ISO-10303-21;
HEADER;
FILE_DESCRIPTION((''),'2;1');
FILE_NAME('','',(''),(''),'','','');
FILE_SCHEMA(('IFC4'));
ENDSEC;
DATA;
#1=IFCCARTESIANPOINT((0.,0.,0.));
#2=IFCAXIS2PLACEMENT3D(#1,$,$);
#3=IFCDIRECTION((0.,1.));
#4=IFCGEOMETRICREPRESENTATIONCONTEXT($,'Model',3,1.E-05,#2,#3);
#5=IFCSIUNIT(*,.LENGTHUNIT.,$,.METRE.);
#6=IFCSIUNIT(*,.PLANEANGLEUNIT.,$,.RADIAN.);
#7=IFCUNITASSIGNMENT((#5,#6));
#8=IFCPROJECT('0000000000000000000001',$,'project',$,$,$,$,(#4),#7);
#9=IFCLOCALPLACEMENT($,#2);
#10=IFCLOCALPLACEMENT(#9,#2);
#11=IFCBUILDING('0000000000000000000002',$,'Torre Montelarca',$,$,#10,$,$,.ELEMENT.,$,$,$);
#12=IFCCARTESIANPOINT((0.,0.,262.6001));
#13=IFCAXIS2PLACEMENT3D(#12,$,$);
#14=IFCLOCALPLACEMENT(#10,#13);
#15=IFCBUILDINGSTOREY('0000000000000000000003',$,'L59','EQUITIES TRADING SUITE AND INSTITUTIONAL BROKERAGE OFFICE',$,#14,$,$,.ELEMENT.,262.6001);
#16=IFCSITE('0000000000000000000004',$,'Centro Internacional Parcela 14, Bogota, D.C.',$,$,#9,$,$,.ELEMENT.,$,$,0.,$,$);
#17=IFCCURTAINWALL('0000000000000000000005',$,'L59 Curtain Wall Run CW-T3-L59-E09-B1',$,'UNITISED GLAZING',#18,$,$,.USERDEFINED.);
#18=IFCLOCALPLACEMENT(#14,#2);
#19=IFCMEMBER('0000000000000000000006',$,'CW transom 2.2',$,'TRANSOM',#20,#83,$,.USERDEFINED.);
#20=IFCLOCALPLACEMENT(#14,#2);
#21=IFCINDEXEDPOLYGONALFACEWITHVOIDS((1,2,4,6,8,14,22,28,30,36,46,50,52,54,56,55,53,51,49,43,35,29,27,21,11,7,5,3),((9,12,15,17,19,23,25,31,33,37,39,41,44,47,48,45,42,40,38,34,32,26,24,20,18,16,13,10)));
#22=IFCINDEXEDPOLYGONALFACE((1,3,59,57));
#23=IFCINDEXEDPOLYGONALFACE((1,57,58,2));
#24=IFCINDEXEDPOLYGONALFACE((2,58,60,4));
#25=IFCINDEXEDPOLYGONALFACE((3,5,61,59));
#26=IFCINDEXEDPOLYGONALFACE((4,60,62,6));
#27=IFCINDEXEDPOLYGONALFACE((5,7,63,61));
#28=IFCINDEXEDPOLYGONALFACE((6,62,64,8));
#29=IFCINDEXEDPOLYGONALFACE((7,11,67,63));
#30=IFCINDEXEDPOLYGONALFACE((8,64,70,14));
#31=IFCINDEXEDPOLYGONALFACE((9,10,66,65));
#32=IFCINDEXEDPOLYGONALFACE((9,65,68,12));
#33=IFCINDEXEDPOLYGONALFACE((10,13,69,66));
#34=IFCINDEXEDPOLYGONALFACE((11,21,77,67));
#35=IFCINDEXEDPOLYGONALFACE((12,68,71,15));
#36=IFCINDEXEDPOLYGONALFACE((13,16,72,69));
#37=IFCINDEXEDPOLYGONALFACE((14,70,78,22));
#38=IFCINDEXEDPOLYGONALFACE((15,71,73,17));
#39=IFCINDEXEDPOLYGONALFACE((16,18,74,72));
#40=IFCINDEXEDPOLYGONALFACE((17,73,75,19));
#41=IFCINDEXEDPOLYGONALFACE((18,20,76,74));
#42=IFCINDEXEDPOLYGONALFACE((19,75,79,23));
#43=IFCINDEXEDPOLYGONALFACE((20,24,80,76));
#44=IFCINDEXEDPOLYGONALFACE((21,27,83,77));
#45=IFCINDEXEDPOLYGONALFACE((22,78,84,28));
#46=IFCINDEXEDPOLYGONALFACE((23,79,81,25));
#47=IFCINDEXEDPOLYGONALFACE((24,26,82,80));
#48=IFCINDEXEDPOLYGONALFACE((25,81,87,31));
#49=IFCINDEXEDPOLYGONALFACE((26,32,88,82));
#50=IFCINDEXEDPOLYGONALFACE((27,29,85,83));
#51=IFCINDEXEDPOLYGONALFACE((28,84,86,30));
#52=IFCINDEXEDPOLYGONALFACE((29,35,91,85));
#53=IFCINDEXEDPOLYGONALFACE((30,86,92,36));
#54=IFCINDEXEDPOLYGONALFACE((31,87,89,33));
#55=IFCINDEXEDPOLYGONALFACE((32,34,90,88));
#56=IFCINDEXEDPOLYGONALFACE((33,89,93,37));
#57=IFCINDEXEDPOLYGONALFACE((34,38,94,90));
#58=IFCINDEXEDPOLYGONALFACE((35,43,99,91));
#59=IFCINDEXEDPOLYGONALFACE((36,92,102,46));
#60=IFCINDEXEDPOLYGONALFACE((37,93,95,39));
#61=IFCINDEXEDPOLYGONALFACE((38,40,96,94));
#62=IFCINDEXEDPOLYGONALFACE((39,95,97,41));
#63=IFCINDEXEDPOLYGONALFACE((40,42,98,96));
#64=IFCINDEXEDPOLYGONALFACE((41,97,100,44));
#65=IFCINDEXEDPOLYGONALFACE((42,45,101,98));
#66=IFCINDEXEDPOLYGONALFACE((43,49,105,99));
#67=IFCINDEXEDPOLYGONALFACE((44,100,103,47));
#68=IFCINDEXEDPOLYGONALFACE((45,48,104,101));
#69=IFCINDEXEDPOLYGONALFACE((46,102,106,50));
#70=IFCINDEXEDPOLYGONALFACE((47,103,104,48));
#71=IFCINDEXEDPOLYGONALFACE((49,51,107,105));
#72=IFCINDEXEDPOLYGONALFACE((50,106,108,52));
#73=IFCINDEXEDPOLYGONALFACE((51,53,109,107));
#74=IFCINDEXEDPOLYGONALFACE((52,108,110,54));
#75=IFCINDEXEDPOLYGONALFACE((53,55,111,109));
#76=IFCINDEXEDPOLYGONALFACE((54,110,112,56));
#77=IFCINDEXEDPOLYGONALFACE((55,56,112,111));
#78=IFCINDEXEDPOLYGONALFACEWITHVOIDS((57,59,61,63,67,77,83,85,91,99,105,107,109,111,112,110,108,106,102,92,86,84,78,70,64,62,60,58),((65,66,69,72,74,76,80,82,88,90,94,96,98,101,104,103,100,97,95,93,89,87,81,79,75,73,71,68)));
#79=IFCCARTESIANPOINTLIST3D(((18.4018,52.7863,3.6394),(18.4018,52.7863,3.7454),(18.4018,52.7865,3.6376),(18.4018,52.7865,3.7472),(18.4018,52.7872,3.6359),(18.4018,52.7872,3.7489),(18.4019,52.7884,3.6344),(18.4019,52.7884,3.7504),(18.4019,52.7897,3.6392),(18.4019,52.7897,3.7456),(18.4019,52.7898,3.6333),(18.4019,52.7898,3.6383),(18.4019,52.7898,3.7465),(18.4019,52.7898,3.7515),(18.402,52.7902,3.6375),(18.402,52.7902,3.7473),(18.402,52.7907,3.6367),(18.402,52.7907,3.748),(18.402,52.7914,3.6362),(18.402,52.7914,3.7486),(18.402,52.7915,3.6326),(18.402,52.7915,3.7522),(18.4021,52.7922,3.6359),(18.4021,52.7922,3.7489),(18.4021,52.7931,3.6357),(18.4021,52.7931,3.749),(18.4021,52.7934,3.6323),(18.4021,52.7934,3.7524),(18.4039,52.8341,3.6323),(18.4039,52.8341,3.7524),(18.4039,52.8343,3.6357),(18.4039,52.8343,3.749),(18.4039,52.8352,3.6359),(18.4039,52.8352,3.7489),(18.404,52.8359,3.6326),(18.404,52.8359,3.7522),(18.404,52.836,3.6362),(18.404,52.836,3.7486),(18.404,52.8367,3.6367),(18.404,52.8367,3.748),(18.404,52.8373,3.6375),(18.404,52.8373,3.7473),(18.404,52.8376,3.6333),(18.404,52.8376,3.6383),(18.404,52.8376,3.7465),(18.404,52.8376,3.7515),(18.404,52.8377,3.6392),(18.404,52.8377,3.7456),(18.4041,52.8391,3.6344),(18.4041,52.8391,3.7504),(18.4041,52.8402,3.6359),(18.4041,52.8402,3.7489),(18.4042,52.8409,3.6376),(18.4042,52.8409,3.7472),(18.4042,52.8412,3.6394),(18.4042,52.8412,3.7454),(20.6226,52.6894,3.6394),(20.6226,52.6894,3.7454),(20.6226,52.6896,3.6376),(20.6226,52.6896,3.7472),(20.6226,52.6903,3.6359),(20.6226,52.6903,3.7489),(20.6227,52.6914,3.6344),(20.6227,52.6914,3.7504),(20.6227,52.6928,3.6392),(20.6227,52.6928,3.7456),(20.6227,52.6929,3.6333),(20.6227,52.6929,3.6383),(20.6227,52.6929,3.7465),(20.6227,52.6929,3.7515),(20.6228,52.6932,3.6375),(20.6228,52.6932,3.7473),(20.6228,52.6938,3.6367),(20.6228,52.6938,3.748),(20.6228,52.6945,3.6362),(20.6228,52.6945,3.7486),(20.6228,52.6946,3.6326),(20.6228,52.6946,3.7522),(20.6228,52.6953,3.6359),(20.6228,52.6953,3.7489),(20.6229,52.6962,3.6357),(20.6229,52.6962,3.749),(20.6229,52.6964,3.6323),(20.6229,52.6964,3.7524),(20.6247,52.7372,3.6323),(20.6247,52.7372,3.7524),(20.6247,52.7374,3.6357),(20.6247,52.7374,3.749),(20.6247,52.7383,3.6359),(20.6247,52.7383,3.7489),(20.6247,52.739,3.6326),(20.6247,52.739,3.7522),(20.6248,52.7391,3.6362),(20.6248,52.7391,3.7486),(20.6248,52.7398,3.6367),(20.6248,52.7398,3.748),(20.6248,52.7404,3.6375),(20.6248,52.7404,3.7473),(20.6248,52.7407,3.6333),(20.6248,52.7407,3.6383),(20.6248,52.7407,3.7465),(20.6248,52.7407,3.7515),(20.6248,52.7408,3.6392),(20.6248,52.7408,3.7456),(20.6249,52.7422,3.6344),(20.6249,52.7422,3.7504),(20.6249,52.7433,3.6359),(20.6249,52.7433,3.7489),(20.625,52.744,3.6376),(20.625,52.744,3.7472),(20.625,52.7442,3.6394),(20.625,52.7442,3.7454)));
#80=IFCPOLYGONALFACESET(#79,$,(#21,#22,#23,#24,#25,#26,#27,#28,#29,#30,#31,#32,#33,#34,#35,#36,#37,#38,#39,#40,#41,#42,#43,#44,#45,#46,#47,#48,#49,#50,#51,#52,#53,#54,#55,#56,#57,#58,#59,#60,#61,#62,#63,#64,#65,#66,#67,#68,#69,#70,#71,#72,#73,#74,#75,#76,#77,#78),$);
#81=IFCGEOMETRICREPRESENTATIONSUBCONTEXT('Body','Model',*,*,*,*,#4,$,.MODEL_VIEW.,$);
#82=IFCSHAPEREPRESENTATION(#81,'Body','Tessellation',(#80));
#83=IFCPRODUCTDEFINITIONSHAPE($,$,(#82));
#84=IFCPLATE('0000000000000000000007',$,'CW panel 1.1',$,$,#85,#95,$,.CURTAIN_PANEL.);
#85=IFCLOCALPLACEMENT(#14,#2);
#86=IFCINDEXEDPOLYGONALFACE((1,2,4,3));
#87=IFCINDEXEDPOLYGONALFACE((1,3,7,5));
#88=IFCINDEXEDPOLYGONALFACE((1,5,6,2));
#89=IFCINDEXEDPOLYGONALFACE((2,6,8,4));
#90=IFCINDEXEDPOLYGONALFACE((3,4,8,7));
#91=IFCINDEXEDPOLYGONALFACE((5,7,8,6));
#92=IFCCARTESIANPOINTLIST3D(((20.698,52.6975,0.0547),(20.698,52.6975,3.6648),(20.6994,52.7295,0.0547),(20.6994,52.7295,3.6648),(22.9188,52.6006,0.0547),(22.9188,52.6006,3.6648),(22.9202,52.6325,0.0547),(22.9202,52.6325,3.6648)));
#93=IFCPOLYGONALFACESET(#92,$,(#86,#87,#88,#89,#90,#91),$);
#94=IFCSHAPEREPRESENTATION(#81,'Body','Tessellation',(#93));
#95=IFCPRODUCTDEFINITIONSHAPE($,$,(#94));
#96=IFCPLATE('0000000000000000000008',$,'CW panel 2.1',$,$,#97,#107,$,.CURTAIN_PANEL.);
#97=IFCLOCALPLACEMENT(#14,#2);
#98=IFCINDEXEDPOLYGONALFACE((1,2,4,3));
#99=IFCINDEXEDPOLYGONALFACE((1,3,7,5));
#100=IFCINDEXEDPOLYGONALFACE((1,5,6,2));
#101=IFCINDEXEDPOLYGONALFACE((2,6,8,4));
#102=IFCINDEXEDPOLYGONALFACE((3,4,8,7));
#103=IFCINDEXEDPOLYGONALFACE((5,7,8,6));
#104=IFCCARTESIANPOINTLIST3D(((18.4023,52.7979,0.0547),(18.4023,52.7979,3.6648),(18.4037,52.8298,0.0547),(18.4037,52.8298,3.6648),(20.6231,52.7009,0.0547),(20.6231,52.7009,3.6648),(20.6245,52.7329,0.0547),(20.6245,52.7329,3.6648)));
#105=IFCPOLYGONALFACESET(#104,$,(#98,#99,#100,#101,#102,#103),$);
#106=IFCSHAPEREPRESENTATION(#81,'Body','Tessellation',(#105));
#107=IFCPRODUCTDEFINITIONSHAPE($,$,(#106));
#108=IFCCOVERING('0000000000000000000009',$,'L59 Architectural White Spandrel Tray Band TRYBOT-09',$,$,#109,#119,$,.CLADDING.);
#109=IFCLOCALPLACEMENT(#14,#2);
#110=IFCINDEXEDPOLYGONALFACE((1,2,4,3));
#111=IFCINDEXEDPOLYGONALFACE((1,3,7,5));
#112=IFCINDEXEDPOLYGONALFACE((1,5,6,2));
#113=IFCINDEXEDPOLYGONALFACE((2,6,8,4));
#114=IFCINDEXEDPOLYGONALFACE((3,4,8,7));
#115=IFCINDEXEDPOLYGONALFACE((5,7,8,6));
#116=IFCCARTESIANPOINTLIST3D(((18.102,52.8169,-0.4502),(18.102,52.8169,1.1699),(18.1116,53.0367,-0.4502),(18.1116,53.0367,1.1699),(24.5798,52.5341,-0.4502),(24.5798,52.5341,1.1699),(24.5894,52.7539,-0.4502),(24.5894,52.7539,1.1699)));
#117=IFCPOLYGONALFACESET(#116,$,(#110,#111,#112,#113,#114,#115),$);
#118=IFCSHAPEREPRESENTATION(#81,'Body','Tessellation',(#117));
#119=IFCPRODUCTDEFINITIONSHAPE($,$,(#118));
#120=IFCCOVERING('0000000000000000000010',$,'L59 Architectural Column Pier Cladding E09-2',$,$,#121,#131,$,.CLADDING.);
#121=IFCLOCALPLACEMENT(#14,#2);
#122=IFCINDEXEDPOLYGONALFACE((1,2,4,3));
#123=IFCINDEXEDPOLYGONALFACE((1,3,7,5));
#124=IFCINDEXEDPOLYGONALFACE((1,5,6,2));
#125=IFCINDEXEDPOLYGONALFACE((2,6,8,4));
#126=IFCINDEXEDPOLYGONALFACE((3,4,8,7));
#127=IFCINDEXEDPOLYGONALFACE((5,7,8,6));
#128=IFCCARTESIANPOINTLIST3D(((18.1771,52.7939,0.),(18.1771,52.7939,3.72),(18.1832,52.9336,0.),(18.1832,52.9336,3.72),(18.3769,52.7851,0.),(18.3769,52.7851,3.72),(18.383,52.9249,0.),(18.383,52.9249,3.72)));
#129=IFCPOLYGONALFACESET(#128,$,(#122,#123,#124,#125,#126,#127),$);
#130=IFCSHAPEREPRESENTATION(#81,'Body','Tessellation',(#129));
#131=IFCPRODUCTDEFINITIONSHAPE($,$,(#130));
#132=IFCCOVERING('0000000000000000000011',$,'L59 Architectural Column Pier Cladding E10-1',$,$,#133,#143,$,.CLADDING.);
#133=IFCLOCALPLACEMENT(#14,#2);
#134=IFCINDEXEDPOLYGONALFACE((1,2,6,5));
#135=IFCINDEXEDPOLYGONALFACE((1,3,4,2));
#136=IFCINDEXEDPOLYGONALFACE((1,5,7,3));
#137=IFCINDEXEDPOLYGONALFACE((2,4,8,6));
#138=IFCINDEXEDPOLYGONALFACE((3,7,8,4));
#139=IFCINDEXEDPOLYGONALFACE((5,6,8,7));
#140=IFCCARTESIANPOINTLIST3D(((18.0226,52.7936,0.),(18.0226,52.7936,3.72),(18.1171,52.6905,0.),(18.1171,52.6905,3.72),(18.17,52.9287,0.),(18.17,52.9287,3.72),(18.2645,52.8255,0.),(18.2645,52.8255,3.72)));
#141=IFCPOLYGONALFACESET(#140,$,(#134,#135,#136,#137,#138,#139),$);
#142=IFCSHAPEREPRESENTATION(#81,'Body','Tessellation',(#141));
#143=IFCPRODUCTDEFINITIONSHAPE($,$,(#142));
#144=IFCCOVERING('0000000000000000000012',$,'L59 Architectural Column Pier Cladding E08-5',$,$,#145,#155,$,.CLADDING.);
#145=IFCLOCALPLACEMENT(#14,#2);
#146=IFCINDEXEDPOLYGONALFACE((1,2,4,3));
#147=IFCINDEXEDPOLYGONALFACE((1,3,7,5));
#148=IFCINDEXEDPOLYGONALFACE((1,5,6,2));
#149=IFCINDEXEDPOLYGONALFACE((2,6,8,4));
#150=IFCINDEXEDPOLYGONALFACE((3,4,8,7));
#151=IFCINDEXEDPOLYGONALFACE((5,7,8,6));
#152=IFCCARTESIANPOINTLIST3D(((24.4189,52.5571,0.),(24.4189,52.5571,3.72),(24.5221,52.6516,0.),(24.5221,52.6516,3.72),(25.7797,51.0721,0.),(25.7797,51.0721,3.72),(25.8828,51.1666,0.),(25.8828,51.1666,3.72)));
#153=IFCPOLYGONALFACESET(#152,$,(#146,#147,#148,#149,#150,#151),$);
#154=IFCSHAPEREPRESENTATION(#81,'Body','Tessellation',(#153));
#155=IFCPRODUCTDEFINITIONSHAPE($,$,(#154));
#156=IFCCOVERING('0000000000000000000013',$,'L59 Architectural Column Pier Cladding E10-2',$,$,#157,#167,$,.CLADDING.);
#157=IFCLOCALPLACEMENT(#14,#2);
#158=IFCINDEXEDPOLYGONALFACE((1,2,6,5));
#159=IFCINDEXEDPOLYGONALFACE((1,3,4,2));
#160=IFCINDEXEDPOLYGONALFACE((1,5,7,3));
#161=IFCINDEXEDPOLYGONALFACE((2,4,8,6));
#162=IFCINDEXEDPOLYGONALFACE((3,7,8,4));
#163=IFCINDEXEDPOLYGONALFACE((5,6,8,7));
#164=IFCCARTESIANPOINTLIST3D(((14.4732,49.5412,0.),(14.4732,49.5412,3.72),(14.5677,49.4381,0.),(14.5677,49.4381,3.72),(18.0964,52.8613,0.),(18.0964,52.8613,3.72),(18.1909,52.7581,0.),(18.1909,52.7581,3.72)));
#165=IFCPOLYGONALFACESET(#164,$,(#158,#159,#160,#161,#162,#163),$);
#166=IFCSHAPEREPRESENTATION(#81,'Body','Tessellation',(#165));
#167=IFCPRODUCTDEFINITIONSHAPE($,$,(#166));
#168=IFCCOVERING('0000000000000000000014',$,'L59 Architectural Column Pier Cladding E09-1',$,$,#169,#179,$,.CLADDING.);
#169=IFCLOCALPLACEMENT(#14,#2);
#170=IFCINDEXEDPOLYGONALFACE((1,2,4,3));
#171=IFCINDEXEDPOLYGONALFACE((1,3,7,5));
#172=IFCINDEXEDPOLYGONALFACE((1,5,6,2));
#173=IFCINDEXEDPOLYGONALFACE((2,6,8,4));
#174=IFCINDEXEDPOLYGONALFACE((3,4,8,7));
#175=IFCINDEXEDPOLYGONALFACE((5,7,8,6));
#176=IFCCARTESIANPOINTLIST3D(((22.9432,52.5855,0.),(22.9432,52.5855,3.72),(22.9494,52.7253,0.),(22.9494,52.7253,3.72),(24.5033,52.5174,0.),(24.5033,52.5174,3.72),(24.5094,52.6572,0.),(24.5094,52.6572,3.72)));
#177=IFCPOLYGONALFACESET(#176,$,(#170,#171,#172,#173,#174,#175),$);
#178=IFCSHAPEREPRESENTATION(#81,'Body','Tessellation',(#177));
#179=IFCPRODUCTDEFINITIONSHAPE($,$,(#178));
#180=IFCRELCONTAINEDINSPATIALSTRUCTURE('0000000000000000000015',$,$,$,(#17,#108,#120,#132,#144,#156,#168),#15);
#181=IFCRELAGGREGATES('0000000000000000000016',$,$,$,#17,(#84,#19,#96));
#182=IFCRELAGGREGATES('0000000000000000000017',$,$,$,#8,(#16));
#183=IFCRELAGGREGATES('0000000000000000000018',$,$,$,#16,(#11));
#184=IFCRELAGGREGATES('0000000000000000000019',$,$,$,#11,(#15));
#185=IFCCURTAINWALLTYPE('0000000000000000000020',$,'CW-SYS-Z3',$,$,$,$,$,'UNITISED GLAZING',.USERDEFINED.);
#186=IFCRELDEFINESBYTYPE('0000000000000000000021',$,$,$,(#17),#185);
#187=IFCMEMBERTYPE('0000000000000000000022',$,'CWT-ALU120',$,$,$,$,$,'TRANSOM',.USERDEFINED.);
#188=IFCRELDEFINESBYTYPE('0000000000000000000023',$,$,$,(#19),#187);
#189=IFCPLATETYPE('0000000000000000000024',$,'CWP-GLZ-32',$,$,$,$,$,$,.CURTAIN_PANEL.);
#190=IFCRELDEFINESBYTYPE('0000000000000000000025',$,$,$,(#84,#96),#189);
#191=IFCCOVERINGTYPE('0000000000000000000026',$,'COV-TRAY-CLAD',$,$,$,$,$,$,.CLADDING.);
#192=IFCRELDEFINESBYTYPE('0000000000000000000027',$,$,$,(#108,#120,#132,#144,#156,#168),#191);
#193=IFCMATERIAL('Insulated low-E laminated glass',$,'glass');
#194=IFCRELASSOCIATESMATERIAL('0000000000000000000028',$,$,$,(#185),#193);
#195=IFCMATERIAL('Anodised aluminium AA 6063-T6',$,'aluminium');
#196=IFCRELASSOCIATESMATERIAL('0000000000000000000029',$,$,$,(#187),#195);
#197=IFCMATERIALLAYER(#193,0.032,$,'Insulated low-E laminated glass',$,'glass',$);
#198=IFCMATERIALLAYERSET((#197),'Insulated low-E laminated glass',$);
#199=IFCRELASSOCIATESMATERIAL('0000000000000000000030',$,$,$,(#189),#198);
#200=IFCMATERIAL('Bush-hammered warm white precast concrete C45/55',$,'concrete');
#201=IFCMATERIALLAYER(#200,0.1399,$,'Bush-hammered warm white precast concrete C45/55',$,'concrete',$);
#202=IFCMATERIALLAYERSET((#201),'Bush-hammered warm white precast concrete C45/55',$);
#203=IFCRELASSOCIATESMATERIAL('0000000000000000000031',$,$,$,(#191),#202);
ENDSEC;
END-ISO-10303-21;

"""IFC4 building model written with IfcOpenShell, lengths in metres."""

from ifc_helpers import new_model, si_unit, direction, frame, origin, origin_2d, place, context, subcontext, project, spatial, rectangle, hollow_rectangle, extrude, source, transform, mapped, material, layer, layer_set, material_profile, profile_set, type_object, element, aggregate, save


model = new_model("IFC4")

# Units and contexts
model_context = context("Model", 3, precision=1e-05, world=origin(), true_north=direction((0.0, 1.0)))
body_context = subcontext(model_context, "Body", "Model", "MODEL_VIEW")
ifc_project = project(units=[si_unit("LENGTHUNIT", "METRE"), si_unit("PLANEANGLEUNIT", "RADIAN")], contexts=[model_context])

# Site, building, storey
site_placement = place(None, origin())
site = spatial("IfcSite", under=ifc_project, at=site_placement, Name="Centro Internacional Parcela 14, Bogota, D.C.", CompositionType="ELEMENT", RefElevation=0.0)
building_placement = place(site_placement, origin())
building = spatial("IfcBuilding", under=site, at=building_placement, Name="Torre Montelarca", CompositionType="ELEMENT")
storey_placement = place(building_placement, frame((0.0, 0.0, 262.6001)))
storey = spatial("IfcBuildingStorey", under=building, at=storey_placement, Name="L59", Description="EQUITIES TRADING SUITE AND INSTITUTIONAL BROKERAGE OFFICE", CompositionType="ELEMENT", Elevation=262.6001)

# Curtain wall, member, plates
ifc_material_1 = material(Name="Insulated low-E laminated glass", Category="glass")
curtain_wall_type = type_object("IfcCurtainWallType", Name="CW-SYS-Z3", ElementType="UNITISED GLAZING", PredefinedType="USERDEFINED", material=ifc_material_1)
curtain_wall_placement = place(storey_placement, origin())
curtain_wall = element("IfcCurtainWall", 1, at=curtain_wall_placement, inside=storey, type_object=curtain_wall_type, Name="L59 Curtain Wall Run CW-T3-L59-E09-B1", ObjectType="UNITISED GLAZING", PredefinedType="USERDEFINED")
ifc_material_2 = material(Name="Anodised aluminium AA 6063-T6", Category="aluminium")
ifc_material_profile_1 = material_profile(ifc_material_2, hollow_rectangle(XDim=0.0549, YDim=0.1201, WallThickness=0.0034, InnerFilletRadius=0.0034, OuterFilletRadius=0.0071, at=origin_2d()), Name="ALU55X120X3.5", Category="aluminium")
ifc_profile_set_1 = profile_set([ifc_material_profile_1], Name="Anodised aluminium AA 6063-T6")
member_type_1 = type_object("IfcMemberType", Name="CWT-ALU120", ElementType="TRANSOM", PredefinedType="USERDEFINED", material=ifc_profile_set_1)
shared_shape_1 = source(origin(), body_context, "Body", "SweptSolid", [
    extrude(hollow_rectangle(XDim=0.0549, YDim=0.1201, WallThickness=0.0034, InnerFilletRadius=0.0034, OuterFilletRadius=0.0071, at=origin_2d()), origin(), (0.0, 0.0, 1.0), 2.2229),
])
member_1_placement = place(storey_placement, frame((20.6238, 52.7168, 3.6924), z_axis=(-0.999049, 0.043604, 0.0), x_axis=(-0.043604, -0.999049, 0.0)))
member_1 = element("IfcMember", 2, at=member_1_placement, type_object=member_type_1, Name="CW transom 2.2", ObjectType="TRANSOM", PredefinedType="USERDEFINED", context=body_context, shape_type="MappedRepresentation", body=[
    mapped(shared_shape_1, transform((0.0, 0.0, 0.0), scale=1.0)),
])
ifc_layer_1 = layer(ifc_material_1, 0.032, Name="Insulated low-E laminated glass", Category="glass")
ifc_layer_set_1 = layer_set([ifc_layer_1], Name="Insulated low-E laminated glass")
plate_type = type_object("IfcPlateType", Name="CWP-GLZ-32", PredefinedType="CURTAIN_PANEL", material=ifc_layer_set_1)
shared_shape_2 = source(origin(), body_context, "Body", "SweptSolid", [
    extrude(rectangle(XDim=2.2229, YDim=0.032, at=origin_2d()), origin(), (0.0, 0.0, 1.0), 3.6101),
])
plate_1_placement = place(storey_placement, frame((21.8091, 52.665, 0.0547), z_axis=(0.0, 0.0, 1.0), x_axis=(-0.999049, 0.043613, 0.0)))
plate_1 = element("IfcPlate", 3, at=plate_1_placement, type_object=plate_type, Name="CW panel 1.1", PredefinedType="CURTAIN_PANEL", context=body_context, shape_type="MappedRepresentation", body=[
    mapped(shared_shape_2, transform((0.0, 0.0, 0.0), scale=1.0)),
])
plate_2_placement = place(storey_placement, frame((19.5134, 52.7654, 0.0547), z_axis=(0.0, 0.0, 1.0), x_axis=(-0.999049, 0.043613, 0.0)))
plate_2 = element("IfcPlate", 4, at=plate_2_placement, type_object=plate_type, Name="CW panel 2.1", PredefinedType="CURTAIN_PANEL", context=body_context, shape_type="MappedRepresentation", body=[
    mapped(shared_shape_2, transform((0.0, 0.0, 0.0), scale=1.0)),
])
aggregate(curtain_wall, [plate_1, member_1, plate_2])

# Coverings
ifc_material_3 = material(Name="Bush-hammered warm white precast concrete C45/55", Category="concrete")
ifc_layer_2 = layer(ifc_material_3, 0.1399, Name="Bush-hammered warm white precast concrete C45/55", Category="concrete")
ifc_layer_set_2 = layer_set([ifc_layer_2], Name="Bush-hammered warm white precast concrete C45/55")
covering_type = type_object("IfcCoveringType", Name="COV-TRAY-CLAD", PredefinedType="CLADDING", material=ifc_layer_set_2)
shared_shape_3 = source(origin(), body_context, "Body", "SweptSolid", [
    extrude(rectangle(XDim=6.4839, YDim=0.22, at=origin_2d()), origin(), (0.0, 0.0, 1.0), 1.6201),
])
covering_1_placement = place(storey_placement, frame((21.3457, 52.7854, -0.4502), z_axis=(0.0, 0.0, 1.0), x_axis=(-0.999048, 0.043621, 0.0)))
element("IfcCovering", 5, at=covering_1_placement, inside=storey, type_object=covering_type, Name="L59 Architectural White Spandrel Tray Band TRYBOT-09", PredefinedType="CLADDING", context=body_context, shape_type="MappedRepresentation", body=[
    mapped(shared_shape_3, transform((0.0, 0.0, 0.0), scale=1.0)),
])
shared_shape_4 = source(origin(), body_context, "Body", "SweptSolid", [
    extrude(rectangle(XDim=0.2, YDim=0.1399, at=origin_2d()), origin(), (0.0, 0.0, 1.0), 3.72),
])
for number, where, z_axis, x_axis, name in (
    (6, (18.28, 52.8594, 0.0), (0.0, 0.0, 1.0), (-0.999048, 0.043628, 0.0), "L59 Architectural Column Pier Cladding E09-2"),
    (7, (18.1436, 52.8096, 0.0), (0.0, 0.0, 1.0), (-0.737276, -0.675591, 0.0), "L59 Architectural Column Pier Cladding E10-1"),
):
    element("IfcCovering", number, at=place(storey_placement, frame(where, z_axis=z_axis, x_axis=x_axis)), inside=storey, type_object=covering_type, Name=name, PredefinedType="CLADDING", context=body_context, shape_type="MappedRepresentation", body=[
        mapped(shared_shape_4, transform((0.0, 0.0, 0.0), scale=1.0)),
    ])
shared_shape_5 = source(origin(), body_context, "Body", "SweptSolid", [
    extrude(rectangle(XDim=2.0142, YDim=0.1399, at=origin_2d()), origin(), (0.0, 0.0, 1.0), 3.72),
])
covering_2_placement = place(storey_placement, frame((25.1509, 51.8618, 0.0), z_axis=(0.0, 0.0, 1.0), x_axis=(-0.675589, 0.737279, 0.0)))
element("IfcCovering", 8, at=covering_2_placement, inside=storey, type_object=covering_type, Name="L59 Architectural Column Pier Cladding E08-5", PredefinedType="CLADDING", context=body_context, shape_type="MappedRepresentation", body=[
    mapped(shared_shape_5, transform((0.0, 0.0, 0.0), scale=1.0)),
])
shared_shape_6 = source(origin(), body_context, "Body", "SweptSolid", [
    extrude(rectangle(XDim=4.9143, YDim=0.1399, at=origin_2d()), origin(), (0.0, 0.0, 1.0), 3.72),
])
covering_3_placement = place(storey_placement, frame((16.332, 51.1497, 0.0), z_axis=(0.0, 0.0, 1.0), x_axis=(-0.737276, -0.675591, 0.0)))
element("IfcCovering", 9, at=covering_3_placement, inside=storey, type_object=covering_type, Name="L59 Architectural Column Pier Cladding E10-2", PredefinedType="CLADDING", context=body_context, shape_type="MappedRepresentation", body=[
    mapped(shared_shape_6, transform((0.0, 0.0, 0.0), scale=1.0)),
])
shared_shape_7 = source(origin(), body_context, "Body", "SweptSolid", [
    extrude(rectangle(XDim=1.5615, YDim=0.1399, at=origin_2d()), origin(), (0.0, 0.0, 1.0), 3.72),
])
covering_4_placement = place(storey_placement, frame((23.7263, 52.6213, 0.0), z_axis=(0.0, 0.0, 1.0), x_axis=(-0.999048, 0.043628, 0.0)))
element("IfcCovering", 10, at=covering_4_placement, inside=storey, type_object=covering_type, Name="L59 Architectural Column Pier Cladding E09-1", PredefinedType="CLADDING", context=body_context, shape_type="MappedRepresentation", body=[
    mapped(shared_shape_7, transform((0.0, 0.0, 0.0), scale=1.0)),
])

save(model, "model.ifc")
